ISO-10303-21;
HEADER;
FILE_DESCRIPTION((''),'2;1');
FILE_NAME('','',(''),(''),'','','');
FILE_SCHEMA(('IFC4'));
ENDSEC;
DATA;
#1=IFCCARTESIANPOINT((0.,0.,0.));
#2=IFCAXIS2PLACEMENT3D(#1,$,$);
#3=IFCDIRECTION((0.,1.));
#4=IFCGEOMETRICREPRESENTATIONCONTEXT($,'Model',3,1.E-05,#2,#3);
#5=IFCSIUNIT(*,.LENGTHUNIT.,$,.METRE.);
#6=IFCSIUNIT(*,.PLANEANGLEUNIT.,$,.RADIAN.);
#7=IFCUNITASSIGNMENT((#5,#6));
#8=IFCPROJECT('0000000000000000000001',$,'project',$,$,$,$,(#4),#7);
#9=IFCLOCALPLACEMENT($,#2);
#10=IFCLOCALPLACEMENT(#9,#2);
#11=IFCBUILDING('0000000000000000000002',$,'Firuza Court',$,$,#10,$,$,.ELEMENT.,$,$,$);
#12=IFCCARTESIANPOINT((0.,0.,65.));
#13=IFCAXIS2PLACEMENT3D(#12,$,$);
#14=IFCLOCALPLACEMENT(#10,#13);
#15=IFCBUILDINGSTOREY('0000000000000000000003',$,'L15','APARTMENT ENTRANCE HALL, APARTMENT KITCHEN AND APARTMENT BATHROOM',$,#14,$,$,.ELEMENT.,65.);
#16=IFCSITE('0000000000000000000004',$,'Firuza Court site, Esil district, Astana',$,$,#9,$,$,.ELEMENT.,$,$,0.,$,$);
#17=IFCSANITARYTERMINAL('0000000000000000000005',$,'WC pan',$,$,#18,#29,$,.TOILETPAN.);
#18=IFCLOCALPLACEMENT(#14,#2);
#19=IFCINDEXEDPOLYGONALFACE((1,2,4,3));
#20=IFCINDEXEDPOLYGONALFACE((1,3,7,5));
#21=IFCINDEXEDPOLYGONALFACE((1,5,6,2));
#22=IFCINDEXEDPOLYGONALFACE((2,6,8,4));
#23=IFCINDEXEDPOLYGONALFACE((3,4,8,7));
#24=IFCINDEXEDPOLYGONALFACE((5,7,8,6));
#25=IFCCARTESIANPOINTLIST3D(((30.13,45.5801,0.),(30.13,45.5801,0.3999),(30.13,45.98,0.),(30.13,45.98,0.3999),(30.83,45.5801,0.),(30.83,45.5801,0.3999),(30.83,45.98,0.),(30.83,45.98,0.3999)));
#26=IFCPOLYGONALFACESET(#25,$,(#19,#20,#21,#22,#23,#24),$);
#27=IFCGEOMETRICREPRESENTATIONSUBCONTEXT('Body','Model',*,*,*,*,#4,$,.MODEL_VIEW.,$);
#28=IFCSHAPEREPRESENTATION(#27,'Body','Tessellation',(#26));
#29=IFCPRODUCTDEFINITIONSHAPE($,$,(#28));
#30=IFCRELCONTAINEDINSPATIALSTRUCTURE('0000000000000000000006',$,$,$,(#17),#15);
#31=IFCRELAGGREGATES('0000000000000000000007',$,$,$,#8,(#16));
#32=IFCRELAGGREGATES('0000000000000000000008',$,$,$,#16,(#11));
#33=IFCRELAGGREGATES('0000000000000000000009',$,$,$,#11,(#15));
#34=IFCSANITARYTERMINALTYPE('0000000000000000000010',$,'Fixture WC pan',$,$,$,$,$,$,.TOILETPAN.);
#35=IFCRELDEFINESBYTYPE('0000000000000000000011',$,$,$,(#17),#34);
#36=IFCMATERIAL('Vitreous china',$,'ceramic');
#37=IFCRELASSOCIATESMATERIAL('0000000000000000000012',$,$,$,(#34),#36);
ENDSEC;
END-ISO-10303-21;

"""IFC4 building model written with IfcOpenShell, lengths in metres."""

from ifc_helpers import new_model, si_unit, direction, frame, origin, origin_2d, place, context, subcontext, project, spatial, rectangle, extrude, material, type_object, element, save


model = new_model("IFC4")

# Units and contexts
model_context = context("Model", 3, precision=1e-05, world=origin(), true_north=direction((0.0, 1.0)))
body_context = subcontext(model_context, "Body", "Model", "MODEL_VIEW")
ifc_project = project(units=[si_unit("LENGTHUNIT", "METRE"), si_unit("PLANEANGLEUNIT", "RADIAN")], contexts=[model_context])

# Site, building, storey
site_placement = place(None, origin())
site = spatial("IfcSite", under=ifc_project, at=site_placement, Name="Firuza Court site, Esil district, Astana", CompositionType="ELEMENT", RefElevation=0.0)
building_placement = place(site_placement, origin())
building = spatial("IfcBuilding", under=site, at=building_placement, Name="Firuza Court", CompositionType="ELEMENT")
storey_placement = place(building_placement, frame((0.0, 0.0, 65.0)))
storey = spatial("IfcBuildingStorey", under=building, at=storey_placement, Name="L15", Description="APARTMENT ENTRANCE HALL, APARTMENT KITCHEN AND APARTMENT BATHROOM", CompositionType="ELEMENT", Elevation=65.0)

# Sanitary terminal
ifc_material_1 = material(Name="Vitreous china", Category="ceramic")
sanitary_terminal_type_1 = type_object("IfcSanitaryTerminalType", Name="Fixture WC pan", PredefinedType="TOILETPAN", material=ifc_material_1)
sanitary_terminal_1_placement = place(storey_placement, frame((30.48, 45.78, 0.0), z_axis=(0.0, 0.0, 1.0), x_axis=(1.0, 0.0, 0.0)))
element("IfcSanitaryTerminal", 1, at=sanitary_terminal_1_placement, inside=storey, type_object=sanitary_terminal_type_1, Name="WC pan", PredefinedType="TOILETPAN", context=body_context, shape_type="SweptSolid", body=[
    extrude(rectangle(XDim=0.7, YDim=0.3999, at=origin_2d()), origin(), (0.0, 0.0, 1.0), 0.3999),
])

save(model, "model.ifc")
